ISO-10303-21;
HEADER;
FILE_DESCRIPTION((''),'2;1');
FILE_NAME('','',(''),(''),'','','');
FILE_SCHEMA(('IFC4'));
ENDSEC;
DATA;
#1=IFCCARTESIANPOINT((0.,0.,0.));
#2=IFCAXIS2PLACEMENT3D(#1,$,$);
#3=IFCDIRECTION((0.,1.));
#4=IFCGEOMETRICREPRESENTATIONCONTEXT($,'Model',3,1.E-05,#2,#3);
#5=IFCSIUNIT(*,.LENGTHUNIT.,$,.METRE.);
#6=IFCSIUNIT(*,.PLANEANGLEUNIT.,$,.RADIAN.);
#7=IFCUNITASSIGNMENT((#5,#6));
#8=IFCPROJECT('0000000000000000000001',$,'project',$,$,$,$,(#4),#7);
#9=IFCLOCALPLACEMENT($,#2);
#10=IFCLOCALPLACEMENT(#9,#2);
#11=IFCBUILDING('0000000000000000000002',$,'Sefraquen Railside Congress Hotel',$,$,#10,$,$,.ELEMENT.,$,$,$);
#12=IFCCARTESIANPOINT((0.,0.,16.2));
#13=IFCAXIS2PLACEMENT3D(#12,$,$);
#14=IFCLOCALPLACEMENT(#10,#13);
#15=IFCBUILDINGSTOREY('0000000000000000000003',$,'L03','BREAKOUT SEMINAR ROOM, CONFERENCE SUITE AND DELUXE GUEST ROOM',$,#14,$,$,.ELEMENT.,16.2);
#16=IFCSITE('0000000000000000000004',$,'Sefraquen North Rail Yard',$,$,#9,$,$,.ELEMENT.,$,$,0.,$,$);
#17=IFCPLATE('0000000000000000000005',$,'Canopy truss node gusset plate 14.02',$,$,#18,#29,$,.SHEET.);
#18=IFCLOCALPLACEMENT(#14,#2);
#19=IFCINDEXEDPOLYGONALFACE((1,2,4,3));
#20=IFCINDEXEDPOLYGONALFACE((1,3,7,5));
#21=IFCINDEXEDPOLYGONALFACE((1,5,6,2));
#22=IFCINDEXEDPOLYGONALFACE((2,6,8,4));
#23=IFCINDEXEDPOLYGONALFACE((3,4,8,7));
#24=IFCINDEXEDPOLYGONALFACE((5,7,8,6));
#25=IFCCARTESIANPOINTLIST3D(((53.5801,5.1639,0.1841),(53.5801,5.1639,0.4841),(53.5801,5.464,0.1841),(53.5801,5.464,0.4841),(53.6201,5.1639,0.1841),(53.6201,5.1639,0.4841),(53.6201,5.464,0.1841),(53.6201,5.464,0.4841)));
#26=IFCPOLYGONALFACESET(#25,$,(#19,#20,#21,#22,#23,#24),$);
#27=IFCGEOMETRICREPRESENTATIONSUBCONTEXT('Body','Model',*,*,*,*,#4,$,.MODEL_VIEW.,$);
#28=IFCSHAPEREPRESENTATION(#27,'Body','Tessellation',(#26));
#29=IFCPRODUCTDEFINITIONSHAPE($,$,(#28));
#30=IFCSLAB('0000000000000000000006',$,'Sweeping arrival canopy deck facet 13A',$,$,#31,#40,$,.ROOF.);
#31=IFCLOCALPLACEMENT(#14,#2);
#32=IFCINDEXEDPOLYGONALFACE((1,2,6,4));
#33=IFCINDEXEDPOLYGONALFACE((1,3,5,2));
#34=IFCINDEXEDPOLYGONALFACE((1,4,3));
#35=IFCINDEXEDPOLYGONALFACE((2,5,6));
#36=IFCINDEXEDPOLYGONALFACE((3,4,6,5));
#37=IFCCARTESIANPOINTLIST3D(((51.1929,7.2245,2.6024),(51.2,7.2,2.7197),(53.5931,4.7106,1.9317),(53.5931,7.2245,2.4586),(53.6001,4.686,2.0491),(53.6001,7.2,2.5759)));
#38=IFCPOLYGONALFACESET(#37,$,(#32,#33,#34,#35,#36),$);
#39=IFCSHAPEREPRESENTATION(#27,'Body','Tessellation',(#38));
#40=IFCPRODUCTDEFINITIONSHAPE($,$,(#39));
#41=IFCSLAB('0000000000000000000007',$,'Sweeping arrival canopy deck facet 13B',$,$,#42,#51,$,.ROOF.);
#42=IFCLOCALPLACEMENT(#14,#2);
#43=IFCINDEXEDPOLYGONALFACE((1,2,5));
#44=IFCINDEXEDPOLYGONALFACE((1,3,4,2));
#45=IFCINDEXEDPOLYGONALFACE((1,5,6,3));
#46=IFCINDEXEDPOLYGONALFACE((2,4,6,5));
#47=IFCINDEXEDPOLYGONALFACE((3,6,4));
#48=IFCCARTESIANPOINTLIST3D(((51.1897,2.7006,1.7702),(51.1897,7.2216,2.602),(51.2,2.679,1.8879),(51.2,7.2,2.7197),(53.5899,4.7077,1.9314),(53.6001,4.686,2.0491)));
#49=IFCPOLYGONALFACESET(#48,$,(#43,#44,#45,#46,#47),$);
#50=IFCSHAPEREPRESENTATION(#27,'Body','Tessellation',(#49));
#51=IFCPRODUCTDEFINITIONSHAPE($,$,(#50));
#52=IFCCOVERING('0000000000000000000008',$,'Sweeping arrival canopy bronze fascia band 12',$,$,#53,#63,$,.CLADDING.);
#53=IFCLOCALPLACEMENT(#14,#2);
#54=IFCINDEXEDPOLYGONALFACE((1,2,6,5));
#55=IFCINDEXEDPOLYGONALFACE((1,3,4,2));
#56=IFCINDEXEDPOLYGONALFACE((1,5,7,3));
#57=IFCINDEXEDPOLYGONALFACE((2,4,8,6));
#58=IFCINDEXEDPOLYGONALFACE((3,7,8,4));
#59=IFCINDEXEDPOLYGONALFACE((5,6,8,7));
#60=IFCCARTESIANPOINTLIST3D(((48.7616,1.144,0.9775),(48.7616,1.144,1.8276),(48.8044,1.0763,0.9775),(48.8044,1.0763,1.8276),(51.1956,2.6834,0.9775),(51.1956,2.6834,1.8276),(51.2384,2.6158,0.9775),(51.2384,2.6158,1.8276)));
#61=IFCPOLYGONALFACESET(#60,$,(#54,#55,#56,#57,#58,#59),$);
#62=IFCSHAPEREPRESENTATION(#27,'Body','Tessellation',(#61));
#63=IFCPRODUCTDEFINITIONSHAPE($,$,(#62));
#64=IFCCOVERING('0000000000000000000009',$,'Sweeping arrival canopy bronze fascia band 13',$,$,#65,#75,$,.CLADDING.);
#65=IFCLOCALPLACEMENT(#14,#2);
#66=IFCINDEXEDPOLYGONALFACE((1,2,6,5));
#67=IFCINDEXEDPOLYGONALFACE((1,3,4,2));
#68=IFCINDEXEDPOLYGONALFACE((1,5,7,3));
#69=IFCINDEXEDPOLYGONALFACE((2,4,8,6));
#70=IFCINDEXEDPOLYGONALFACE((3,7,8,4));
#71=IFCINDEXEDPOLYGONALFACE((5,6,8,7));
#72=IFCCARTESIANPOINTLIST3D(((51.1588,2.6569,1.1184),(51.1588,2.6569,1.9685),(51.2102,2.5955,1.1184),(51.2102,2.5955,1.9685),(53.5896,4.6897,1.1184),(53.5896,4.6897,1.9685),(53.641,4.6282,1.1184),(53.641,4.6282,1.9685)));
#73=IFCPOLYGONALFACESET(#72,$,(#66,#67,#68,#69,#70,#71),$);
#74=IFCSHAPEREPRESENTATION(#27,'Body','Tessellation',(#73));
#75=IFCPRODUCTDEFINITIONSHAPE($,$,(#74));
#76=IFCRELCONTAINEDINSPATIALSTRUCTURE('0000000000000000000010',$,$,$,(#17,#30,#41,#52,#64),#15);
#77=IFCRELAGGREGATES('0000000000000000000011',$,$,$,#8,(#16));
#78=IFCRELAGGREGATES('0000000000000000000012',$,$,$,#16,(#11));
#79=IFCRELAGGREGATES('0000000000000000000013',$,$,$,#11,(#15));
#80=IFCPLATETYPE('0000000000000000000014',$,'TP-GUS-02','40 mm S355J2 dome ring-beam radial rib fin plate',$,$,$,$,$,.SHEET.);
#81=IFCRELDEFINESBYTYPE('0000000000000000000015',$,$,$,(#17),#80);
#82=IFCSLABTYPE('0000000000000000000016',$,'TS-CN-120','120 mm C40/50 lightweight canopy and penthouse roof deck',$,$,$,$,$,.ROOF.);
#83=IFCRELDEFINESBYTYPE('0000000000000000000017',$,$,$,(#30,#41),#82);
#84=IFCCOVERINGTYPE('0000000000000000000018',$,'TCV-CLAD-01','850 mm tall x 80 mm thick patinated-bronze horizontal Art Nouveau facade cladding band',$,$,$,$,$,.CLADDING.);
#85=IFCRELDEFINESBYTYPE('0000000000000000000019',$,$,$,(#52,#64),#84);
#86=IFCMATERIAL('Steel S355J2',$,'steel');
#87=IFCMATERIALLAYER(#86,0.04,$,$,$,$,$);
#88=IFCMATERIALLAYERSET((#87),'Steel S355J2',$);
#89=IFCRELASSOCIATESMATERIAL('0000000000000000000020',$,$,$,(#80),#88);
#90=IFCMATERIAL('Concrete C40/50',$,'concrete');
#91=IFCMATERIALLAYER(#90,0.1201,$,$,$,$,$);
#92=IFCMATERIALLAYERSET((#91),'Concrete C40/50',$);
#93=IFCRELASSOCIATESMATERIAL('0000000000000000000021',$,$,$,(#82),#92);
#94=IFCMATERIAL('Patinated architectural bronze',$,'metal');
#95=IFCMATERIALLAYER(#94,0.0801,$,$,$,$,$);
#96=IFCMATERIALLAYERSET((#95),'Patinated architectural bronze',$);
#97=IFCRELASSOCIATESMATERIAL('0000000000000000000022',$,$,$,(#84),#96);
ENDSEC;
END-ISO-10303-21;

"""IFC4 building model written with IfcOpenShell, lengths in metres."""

from ifc_helpers import new_model, si_unit, direction, frame, origin, origin_2d, place, context, subcontext, project, spatial, polyline, rectangle, outline, extrude, material, layer, layer_set, type_object, element, save


model = new_model("IFC4")

# Units and contexts
model_context = context("Model", 3, precision=1e-05, world=origin(), true_north=direction((0.0, 1.0)))
body_context = subcontext(model_context, "Body", "Model", "MODEL_VIEW")
ifc_project = project(units=[si_unit("LENGTHUNIT", "METRE"), si_unit("PLANEANGLEUNIT", "RADIAN")], contexts=[model_context])

# Site, building, storey
site_placement = place(None, origin())
site = spatial("IfcSite", under=ifc_project, at=site_placement, Name="Sefraquen North Rail Yard", CompositionType="ELEMENT", RefElevation=0.0)
building_placement = place(site_placement, origin())
building = spatial("IfcBuilding", under=site, at=building_placement, Name="Sefraquen Railside Congress Hotel", CompositionType="ELEMENT")
storey_placement = place(building_placement, frame((0.0, 0.0, 16.2)))
storey = spatial("IfcBuildingStorey", under=building, at=storey_placement, Name="L03", Description="BREAKOUT SEMINAR ROOM, CONFERENCE SUITE AND DELUXE GUEST ROOM", CompositionType="ELEMENT", Elevation=16.2)

# Shared definitions
ifc_material_1 = material(Name="Steel S355J2", Category="steel")

# Plate
ifc_layer_1 = layer(ifc_material_1, 0.04)
ifc_layer_set_1 = layer_set([ifc_layer_1], Name="Steel S355J2")
plate_type_1 = type_object("IfcPlateType", Name="TP-GUS-02", Description="40 mm S355J2 dome ring-beam radial rib fin plate", PredefinedType="SHEET", material=ifc_layer_set_1)
for number, where, z_axis, x_axis, name in (
    (1, (53.6001, 5.314, 0.1841), (0.0, 0.0, 1.0), (1.0, 0.0, 0.0), "Canopy truss node gusset plate 14.02"),
):
    element("IfcPlate", number, at=place(storey_placement, frame(where, z_axis=z_axis, x_axis=x_axis)), inside=storey, type_object=plate_type_1, Name=name, PredefinedType="SHEET", context=body_context, shape_type="SweptSolid", body=[
        extrude(rectangle(XDim=0.04, YDim=0.3, at=origin_2d()), origin(), (0.0, 0.0, 1.0), 0.3),
    ])

# Slabs
ifc_material_2 = material(Name="Concrete C40/50", Category="concrete")
ifc_layer_2 = layer(ifc_material_2, 0.1201)
ifc_layer_set_2 = layer_set([ifc_layer_2], Name="Concrete C40/50")
slab_type = type_object("IfcSlabType", Name="TS-CN-120", Description="120 mm C40/50 lightweight canopy and penthouse roof deck", PredefinedType="ROOF", material=ifc_layer_set_2)
slab_1_placement = place(storey_placement, frame((51.2, 7.2, 2.7197), z_axis=(0.058538, -0.204768, 0.977059), x_axis=(0.99821, 0.0, -0.059805)))
element("IfcSlab", 2, at=slab_1_placement, inside=storey, type_object=slab_type, Name="Sweeping arrival canopy deck facet 13A", PredefinedType="ROOF", context=body_context, shape_type="SweptSolid", body=[
    extrude(outline(polyline([(0.0, 0.0), (2.4045, 0.0), (2.436, -2.5683), (0.0, 0.0)])), origin(), (0.0, 0.0, -1.0), 0.1201),
])
slab_2_placement = place(storey_placement, frame((51.2, 7.2, 2.7197), z_axis=(0.084978, -0.180292, 0.979936), x_axis=(0.678044, -0.710184, -0.189461)))
element("IfcSlab", 3, at=slab_2_placement, inside=storey, type_object=slab_type, Name="Sweeping arrival canopy deck facet 13B", PredefinedType="ROOF", context=body_context, shape_type="SweptSolid", body=[
    extrude(outline(polyline([(0.0, 0.0), (3.5398, 0.0), (3.3683, -3.1282), (0.0, 0.0)])), origin(), (0.0, 0.0, -1.0), 0.1201),
])

# Coverings
ifc_material_3 = material(Name="Patinated architectural bronze", Category="metal")
ifc_layer_3 = layer(ifc_material_3, 0.0801)
ifc_layer_set_3 = layer_set([ifc_layer_3], Name="Patinated architectural bronze")
covering_type = type_object("IfcCoveringType", Name="TCV-CLAD-01", Description="850 mm tall x 80 mm thick patinated-bronze horizontal Art Nouveau facade cladding band", PredefinedType="CLADDING", material=ifc_layer_set_3)
covering_1_placement = place(storey_placement, frame((50.0, 1.8799, 0.9775), z_axis=(0.0, 0.0, 1.0), x_axis=(0.845141, 0.534544, 0.0)))
element("IfcCovering", 4, at=covering_1_placement, inside=storey, type_object=covering_type, Name="Sweeping arrival canopy bronze fascia band 12", PredefinedType="CLADDING", context=body_context, shape_type="SweptSolid", body=[
    extrude(rectangle(XDim=2.8799, YDim=0.0801, at=origin_2d()), origin(), (0.0, 0.0, 1.0), 0.8501),
])
covering_2_placement = place(storey_placement, frame((52.3999, 3.6426, 1.1184), z_axis=(0.0, 0.0, 1.0), x_axis=(0.76712, 0.641503, 0.0)))
element("IfcCovering", 5, at=covering_2_placement, inside=storey, type_object=covering_type, Name="Sweeping arrival canopy bronze fascia band 13", PredefinedType="CLADDING", context=body_context, shape_type="SweptSolid", body=[
    extrude(rectangle(XDim=3.1687, YDim=0.0801, at=origin_2d()), origin(), (0.0, 0.0, 1.0), 0.8501),
])

save(model, "model.ifc")
